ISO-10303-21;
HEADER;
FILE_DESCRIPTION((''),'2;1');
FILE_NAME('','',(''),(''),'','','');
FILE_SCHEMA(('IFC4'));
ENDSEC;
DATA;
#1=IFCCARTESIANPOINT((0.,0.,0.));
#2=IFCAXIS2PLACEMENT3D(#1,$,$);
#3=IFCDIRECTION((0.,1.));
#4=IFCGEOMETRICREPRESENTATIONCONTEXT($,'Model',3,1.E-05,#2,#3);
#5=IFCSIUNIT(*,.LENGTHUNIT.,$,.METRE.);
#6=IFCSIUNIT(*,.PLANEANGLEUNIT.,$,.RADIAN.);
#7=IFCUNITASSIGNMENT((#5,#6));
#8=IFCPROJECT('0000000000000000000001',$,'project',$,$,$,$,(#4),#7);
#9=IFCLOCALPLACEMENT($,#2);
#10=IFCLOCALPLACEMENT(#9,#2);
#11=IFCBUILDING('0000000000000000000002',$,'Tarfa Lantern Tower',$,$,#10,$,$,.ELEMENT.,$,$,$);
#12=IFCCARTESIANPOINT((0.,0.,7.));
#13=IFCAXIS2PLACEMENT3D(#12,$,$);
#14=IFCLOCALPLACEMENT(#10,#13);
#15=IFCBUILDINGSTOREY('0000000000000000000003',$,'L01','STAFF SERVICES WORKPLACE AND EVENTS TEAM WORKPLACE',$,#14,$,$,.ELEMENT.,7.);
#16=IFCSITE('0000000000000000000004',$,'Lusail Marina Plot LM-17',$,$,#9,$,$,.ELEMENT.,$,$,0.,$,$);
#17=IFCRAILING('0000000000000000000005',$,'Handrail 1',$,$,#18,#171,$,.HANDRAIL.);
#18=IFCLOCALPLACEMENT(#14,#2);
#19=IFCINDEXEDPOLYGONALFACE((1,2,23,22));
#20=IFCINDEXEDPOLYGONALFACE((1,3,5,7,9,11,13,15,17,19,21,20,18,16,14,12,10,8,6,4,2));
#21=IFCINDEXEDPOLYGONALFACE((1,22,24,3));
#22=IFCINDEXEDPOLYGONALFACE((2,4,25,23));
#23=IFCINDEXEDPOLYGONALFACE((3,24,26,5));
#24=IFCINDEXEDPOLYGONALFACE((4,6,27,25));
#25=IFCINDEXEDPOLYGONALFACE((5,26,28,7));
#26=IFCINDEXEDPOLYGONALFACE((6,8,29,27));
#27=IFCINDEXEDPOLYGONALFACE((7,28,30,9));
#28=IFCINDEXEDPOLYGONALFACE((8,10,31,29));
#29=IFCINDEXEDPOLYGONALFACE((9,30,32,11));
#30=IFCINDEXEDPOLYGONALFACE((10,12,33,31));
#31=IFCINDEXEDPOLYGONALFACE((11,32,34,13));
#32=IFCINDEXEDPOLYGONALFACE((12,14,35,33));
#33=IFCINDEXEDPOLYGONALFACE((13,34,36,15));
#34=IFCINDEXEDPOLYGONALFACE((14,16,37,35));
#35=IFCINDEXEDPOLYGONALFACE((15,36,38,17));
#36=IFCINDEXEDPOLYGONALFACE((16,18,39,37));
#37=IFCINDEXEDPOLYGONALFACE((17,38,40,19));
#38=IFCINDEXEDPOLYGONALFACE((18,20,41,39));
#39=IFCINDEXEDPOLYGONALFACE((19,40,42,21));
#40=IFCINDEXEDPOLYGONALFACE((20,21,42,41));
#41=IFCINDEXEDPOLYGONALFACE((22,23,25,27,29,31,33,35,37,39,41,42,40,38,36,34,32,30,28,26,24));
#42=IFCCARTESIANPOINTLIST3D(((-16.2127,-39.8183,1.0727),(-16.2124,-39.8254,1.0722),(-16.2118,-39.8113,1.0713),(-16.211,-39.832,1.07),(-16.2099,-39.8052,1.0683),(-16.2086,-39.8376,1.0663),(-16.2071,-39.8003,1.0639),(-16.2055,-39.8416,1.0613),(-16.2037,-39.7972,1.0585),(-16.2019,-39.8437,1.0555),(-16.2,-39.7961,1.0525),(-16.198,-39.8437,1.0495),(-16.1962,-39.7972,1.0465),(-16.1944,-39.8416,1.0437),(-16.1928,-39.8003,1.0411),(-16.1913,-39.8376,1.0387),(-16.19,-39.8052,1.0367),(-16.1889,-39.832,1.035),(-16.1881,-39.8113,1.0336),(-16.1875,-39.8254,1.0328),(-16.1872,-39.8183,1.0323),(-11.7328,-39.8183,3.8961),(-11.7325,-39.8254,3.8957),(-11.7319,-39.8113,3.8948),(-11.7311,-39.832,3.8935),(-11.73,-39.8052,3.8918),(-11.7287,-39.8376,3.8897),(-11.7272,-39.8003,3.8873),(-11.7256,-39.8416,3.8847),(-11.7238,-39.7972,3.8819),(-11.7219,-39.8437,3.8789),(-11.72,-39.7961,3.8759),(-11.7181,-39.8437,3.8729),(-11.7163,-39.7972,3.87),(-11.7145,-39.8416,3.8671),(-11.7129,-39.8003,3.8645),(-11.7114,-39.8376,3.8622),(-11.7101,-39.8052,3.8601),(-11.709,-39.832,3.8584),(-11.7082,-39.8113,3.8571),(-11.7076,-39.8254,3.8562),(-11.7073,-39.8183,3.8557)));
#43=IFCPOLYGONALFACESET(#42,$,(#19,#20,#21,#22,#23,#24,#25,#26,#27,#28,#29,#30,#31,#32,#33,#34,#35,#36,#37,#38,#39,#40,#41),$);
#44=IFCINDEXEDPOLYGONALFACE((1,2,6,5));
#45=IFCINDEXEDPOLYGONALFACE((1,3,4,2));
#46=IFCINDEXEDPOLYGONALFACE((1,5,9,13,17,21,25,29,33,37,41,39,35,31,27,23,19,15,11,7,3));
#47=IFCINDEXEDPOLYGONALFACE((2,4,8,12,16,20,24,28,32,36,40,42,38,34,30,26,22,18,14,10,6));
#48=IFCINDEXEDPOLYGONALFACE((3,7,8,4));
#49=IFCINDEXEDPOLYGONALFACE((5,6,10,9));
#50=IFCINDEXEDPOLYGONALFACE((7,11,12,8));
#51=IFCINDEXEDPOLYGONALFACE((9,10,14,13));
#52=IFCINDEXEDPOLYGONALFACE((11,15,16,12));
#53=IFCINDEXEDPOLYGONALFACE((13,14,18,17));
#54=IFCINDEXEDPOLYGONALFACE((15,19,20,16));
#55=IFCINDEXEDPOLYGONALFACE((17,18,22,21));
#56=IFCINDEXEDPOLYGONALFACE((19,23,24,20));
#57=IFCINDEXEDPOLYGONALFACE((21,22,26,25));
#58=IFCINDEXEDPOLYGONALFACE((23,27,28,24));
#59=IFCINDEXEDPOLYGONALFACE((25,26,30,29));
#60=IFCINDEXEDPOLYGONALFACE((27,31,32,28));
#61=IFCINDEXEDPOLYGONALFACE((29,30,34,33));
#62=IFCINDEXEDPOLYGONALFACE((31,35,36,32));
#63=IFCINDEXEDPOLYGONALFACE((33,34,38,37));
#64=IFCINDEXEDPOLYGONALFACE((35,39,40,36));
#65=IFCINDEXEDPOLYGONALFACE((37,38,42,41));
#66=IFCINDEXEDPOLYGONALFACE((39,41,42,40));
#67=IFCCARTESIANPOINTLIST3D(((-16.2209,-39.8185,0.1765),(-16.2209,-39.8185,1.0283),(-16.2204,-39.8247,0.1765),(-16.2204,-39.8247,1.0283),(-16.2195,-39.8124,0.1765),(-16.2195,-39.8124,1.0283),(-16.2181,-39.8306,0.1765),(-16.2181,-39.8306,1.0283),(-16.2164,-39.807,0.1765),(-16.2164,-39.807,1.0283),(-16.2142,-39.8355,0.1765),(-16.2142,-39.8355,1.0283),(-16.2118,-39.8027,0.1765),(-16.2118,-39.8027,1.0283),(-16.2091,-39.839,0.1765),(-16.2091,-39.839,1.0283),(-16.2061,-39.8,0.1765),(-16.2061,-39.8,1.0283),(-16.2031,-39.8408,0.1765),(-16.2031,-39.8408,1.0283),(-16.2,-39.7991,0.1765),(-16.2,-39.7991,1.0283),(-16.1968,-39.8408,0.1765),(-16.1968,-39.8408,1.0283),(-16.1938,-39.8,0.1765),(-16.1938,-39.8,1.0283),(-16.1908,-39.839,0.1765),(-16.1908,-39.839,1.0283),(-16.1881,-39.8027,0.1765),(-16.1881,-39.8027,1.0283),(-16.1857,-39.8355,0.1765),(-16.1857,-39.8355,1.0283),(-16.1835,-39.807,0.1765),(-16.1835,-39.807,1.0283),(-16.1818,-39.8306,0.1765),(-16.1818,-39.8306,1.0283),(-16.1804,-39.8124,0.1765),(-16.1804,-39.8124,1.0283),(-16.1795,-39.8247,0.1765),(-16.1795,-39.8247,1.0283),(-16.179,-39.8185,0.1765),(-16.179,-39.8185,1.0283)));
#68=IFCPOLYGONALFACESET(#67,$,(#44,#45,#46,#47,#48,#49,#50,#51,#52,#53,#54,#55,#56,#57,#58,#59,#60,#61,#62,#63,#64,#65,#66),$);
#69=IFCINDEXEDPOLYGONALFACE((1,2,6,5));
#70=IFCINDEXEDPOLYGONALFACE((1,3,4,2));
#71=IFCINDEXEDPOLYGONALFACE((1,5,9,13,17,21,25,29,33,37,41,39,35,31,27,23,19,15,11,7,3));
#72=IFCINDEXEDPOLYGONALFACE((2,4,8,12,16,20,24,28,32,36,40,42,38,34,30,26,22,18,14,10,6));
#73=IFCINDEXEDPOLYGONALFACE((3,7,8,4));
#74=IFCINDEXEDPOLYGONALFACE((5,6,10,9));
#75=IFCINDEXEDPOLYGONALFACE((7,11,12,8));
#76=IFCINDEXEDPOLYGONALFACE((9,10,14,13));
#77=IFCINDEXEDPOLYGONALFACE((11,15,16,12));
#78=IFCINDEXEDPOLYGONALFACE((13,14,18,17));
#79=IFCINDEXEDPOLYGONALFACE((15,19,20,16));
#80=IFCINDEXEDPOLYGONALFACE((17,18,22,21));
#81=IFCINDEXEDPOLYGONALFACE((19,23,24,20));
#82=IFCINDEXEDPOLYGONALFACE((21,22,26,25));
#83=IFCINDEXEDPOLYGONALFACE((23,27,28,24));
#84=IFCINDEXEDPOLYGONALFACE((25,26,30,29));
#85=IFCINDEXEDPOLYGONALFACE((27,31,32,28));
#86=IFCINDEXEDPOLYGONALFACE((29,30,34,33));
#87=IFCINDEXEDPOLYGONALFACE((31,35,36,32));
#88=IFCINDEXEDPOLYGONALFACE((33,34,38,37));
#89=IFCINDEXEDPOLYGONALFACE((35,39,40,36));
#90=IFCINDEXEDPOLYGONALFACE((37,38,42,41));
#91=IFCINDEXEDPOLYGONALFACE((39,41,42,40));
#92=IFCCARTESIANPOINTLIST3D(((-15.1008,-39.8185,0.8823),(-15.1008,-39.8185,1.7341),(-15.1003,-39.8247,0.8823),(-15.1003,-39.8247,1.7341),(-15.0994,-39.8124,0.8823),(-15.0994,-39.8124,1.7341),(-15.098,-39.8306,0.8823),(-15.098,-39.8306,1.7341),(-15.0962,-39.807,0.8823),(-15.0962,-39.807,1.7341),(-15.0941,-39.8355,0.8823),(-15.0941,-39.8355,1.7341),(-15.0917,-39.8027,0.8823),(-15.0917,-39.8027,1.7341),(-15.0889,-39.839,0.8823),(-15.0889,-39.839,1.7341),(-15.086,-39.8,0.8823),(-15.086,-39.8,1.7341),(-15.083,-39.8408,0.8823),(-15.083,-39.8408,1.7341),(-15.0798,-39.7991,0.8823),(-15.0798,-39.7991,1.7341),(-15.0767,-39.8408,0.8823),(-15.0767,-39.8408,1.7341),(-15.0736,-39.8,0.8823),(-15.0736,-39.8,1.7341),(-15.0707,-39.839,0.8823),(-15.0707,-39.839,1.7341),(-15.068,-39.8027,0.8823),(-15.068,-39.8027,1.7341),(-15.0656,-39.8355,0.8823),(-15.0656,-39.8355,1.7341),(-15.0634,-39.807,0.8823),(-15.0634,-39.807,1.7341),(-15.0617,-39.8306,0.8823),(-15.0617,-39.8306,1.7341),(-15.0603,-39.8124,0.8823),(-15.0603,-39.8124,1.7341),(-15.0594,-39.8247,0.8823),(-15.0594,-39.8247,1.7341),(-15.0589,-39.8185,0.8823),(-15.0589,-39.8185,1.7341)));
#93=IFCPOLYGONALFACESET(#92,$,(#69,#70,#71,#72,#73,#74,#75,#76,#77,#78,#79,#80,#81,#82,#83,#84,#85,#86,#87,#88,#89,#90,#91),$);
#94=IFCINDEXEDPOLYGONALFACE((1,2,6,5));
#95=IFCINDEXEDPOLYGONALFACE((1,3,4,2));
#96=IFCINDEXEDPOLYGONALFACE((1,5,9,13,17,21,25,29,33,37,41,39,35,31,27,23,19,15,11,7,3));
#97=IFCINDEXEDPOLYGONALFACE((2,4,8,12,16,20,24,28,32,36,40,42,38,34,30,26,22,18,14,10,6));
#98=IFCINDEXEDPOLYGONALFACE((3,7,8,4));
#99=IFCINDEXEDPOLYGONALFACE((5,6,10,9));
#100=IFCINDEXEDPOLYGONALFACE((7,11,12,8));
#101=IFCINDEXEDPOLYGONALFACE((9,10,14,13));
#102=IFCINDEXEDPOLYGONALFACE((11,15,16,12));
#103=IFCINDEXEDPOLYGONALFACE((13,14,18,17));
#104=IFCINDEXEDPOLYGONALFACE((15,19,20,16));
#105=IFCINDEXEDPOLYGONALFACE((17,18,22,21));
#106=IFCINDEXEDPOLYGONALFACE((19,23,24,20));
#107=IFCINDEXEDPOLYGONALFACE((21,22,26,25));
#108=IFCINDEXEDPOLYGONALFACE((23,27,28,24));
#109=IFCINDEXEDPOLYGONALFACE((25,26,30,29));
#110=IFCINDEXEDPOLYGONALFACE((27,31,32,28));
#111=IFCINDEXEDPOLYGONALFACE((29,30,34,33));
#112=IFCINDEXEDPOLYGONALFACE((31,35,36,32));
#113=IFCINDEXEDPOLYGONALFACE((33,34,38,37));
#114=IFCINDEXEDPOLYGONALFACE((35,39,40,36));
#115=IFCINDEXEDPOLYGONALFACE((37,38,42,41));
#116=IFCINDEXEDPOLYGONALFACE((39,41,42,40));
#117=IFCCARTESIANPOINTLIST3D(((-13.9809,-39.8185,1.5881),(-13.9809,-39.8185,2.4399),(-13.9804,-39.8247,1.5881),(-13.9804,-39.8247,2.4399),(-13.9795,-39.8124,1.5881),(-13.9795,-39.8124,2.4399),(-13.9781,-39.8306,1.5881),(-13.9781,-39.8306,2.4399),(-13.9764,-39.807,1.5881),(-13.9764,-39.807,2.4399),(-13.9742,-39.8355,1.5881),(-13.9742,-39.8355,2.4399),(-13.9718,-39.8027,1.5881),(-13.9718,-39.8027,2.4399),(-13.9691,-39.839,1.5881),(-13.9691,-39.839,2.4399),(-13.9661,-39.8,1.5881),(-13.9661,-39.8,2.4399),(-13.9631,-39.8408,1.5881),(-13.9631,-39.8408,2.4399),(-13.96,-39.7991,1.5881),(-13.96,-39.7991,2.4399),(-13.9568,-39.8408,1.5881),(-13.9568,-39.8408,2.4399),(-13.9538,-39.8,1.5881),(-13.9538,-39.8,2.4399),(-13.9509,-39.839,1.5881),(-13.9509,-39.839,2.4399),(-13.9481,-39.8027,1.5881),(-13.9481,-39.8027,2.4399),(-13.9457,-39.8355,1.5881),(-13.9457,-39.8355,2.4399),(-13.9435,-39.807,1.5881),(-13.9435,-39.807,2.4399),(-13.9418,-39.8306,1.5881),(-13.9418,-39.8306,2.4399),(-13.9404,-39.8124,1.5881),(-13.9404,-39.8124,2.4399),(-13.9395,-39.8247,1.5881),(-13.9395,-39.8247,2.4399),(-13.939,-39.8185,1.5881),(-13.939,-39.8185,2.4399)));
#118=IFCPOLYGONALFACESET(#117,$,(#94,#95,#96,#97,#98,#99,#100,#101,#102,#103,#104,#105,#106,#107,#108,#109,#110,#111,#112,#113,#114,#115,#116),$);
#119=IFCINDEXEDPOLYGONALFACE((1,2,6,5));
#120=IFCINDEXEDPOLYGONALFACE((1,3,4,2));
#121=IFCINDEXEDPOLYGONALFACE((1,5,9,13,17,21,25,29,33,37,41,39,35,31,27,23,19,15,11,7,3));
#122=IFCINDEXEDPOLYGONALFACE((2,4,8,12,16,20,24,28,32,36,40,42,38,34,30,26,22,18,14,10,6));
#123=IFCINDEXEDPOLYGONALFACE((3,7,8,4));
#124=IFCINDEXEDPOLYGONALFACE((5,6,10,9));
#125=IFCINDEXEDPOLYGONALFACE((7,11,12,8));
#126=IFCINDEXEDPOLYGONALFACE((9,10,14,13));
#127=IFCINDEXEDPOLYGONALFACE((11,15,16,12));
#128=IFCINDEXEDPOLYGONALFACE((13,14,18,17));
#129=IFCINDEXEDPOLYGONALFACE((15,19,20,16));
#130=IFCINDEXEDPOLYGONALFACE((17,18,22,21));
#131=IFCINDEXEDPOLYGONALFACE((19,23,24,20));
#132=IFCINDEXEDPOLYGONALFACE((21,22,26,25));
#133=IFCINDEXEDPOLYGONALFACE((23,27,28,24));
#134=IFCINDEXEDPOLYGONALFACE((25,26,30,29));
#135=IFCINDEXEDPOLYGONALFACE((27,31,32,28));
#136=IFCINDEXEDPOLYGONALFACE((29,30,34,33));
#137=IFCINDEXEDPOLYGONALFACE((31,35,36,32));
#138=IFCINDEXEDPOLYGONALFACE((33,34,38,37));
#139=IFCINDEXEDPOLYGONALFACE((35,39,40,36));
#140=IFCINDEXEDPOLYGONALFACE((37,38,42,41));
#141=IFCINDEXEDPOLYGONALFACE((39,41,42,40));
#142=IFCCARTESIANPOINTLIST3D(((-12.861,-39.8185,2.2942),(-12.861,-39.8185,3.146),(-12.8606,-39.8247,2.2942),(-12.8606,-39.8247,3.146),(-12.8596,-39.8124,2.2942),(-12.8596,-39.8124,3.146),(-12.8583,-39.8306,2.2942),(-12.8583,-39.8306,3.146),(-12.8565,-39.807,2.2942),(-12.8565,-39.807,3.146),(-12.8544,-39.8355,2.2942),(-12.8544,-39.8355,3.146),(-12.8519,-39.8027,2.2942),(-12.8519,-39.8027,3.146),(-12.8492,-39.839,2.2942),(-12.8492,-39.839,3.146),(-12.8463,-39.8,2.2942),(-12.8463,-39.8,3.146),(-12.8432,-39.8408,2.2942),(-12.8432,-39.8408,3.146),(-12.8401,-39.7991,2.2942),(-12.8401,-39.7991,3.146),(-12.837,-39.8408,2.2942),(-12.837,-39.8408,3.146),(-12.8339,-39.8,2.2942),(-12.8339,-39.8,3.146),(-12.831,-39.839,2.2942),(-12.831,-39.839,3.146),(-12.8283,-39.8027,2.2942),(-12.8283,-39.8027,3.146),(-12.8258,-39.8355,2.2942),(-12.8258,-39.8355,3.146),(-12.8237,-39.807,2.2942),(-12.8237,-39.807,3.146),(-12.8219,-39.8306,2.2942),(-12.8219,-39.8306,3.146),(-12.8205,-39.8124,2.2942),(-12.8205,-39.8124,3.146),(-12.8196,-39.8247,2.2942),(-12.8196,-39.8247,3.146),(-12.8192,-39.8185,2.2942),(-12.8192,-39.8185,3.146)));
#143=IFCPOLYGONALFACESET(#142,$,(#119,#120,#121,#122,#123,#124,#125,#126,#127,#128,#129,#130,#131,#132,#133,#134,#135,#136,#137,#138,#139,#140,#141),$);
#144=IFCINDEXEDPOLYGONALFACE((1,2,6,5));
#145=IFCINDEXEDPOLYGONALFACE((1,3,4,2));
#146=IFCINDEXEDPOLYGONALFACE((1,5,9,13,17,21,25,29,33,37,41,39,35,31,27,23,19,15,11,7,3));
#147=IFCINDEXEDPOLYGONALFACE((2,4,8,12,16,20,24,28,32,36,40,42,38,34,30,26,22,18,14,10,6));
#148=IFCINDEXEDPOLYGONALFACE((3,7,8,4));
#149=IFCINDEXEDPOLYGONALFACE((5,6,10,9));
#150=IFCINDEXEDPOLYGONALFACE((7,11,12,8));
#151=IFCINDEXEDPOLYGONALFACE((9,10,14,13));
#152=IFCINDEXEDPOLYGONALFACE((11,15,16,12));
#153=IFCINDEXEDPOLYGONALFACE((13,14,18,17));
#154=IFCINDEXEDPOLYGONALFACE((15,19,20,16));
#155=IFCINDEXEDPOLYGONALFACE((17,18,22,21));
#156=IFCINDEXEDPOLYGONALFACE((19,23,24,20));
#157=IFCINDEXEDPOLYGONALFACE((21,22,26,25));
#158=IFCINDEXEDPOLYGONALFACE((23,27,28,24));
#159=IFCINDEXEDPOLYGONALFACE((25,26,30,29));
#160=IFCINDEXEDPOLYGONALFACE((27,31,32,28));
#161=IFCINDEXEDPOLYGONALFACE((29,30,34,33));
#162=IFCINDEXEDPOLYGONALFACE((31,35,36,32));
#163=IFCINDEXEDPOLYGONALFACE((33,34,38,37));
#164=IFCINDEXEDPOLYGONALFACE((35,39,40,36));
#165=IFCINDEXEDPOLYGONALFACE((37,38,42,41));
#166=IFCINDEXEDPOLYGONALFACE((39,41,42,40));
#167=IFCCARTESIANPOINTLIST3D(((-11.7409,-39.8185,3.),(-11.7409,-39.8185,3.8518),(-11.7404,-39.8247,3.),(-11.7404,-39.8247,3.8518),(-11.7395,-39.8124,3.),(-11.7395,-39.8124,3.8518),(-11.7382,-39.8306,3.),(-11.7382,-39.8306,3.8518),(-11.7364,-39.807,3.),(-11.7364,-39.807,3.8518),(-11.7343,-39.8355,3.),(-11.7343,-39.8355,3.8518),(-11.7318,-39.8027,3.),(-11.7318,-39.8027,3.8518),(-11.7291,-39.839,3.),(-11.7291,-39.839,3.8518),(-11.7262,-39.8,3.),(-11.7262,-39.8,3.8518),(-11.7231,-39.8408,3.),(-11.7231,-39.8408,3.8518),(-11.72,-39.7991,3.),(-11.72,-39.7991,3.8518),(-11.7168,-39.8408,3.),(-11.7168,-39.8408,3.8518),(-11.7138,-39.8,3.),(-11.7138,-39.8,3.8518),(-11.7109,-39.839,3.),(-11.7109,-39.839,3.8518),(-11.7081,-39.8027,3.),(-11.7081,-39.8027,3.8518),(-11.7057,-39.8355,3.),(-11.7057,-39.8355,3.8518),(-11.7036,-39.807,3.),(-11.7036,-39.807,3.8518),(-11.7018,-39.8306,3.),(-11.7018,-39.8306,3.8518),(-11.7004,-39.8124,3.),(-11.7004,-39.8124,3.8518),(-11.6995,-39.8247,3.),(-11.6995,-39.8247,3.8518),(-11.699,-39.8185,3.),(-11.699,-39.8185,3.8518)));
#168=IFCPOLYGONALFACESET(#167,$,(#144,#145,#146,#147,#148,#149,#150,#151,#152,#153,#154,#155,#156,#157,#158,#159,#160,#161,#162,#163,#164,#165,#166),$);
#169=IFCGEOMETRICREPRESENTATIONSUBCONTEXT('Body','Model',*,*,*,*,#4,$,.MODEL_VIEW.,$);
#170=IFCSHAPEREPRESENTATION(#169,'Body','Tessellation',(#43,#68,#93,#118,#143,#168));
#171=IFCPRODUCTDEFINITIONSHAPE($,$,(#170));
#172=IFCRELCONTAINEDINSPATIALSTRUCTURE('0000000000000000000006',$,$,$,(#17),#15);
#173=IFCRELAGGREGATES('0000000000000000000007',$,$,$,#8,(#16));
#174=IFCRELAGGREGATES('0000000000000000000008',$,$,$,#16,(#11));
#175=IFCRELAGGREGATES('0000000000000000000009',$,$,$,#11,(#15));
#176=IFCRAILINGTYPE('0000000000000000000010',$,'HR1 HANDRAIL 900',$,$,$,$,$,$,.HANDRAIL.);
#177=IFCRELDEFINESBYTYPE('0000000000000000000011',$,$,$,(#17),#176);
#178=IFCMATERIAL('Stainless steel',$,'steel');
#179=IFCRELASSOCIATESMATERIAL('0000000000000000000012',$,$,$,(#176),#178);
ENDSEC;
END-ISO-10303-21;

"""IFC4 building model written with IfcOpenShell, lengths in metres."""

from ifc_helpers import new_model, si_unit, direction, frame, origin, origin_2d, place, context, subcontext, project, spatial, circle, extrude, material, type_object, element, save


model = new_model("IFC4")

# Units and contexts
model_context = context("Model", 3, precision=1e-05, world=origin(), true_north=direction((0.0, 1.0)))
body_context = subcontext(model_context, "Body", "Model", "MODEL_VIEW")
ifc_project = project(units=[si_unit("LENGTHUNIT", "METRE"), si_unit("PLANEANGLEUNIT", "RADIAN")], contexts=[model_context])

# Site, building, storey
site_placement = place(None, origin())
site = spatial("IfcSite", under=ifc_project, at=site_placement, Name="Lusail Marina Plot LM-17", CompositionType="ELEMENT", RefElevation=0.0)
building_placement = place(site_placement, origin())
building = spatial("IfcBuilding", under=site, at=building_placement, Name="Tarfa Lantern Tower", CompositionType="ELEMENT")
storey_placement = place(building_placement, frame((0.0, 0.0, 7.0)))
storey = spatial("IfcBuildingStorey", under=building, at=storey_placement, Name="L01", Description="STAFF SERVICES WORKPLACE AND EVENTS TEAM WORKPLACE", CompositionType="ELEMENT", Elevation=7.0)

# Railing
ifc_material_1 = material(Name="Stainless steel", Category="steel")
railing_type = type_object("IfcRailingType", Name="HR1 HANDRAIL 900", PredefinedType="HANDRAIL", material=ifc_material_1)
railing_1_placement = place(storey_placement, frame((-16.2, -39.8201, 0.1765)))
element("IfcRailing", 1, at=railing_1_placement, inside=storey, type_object=railing_type, Name="Handrail 1", PredefinedType="HANDRAIL", context=body_context, shape_type="SweptSolid", body=[
    extrude(circle(Radius=0.0239, at=origin_2d()), frame((0.0, 0.0, 0.876), z_axis=(0.845998, 0.0, 0.533186), x_axis=(0.0, 1.0, 0.0)), (0.0, 0.0, 1.0), 5.2954),
    extrude(circle(Radius=0.021, at=origin_2d()), frame((0.0, 0.0, 0.0), z_axis=(0.0, 0.0, 1.0), x_axis=(0.0, 1.0, 0.0)), (0.0, 0.0, 1.0), 0.8518),
    extrude(circle(Radius=0.021, at=origin_2d()), frame((1.1201, 0.0, 0.7058), z_axis=(0.0, 0.0, 1.0), x_axis=(0.0, 1.0, 0.0)), (0.0, 0.0, 1.0), 0.8518),
    extrude(circle(Radius=0.021, at=origin_2d()), frame((2.24, 0.0, 1.4116), z_axis=(0.0, 0.0, 1.0), x_axis=(0.0, 1.0, 0.0)), (0.0, 0.0, 1.0), 0.8518),
    extrude(circle(Radius=0.021, at=origin_2d()), frame((3.3599, 0.0, 2.1177), z_axis=(0.0, 0.0, 1.0), x_axis=(0.0, 1.0, 0.0)), (0.0, 0.0, 1.0), 0.8518),
    extrude(circle(Radius=0.021, at=origin_2d()), frame((4.48, 0.0, 2.8235), z_axis=(0.0, 0.0, 1.0), x_axis=(0.0, 1.0, 0.0)), (0.0, 0.0, 1.0), 0.8518),
])

save(model, "model.ifc")
